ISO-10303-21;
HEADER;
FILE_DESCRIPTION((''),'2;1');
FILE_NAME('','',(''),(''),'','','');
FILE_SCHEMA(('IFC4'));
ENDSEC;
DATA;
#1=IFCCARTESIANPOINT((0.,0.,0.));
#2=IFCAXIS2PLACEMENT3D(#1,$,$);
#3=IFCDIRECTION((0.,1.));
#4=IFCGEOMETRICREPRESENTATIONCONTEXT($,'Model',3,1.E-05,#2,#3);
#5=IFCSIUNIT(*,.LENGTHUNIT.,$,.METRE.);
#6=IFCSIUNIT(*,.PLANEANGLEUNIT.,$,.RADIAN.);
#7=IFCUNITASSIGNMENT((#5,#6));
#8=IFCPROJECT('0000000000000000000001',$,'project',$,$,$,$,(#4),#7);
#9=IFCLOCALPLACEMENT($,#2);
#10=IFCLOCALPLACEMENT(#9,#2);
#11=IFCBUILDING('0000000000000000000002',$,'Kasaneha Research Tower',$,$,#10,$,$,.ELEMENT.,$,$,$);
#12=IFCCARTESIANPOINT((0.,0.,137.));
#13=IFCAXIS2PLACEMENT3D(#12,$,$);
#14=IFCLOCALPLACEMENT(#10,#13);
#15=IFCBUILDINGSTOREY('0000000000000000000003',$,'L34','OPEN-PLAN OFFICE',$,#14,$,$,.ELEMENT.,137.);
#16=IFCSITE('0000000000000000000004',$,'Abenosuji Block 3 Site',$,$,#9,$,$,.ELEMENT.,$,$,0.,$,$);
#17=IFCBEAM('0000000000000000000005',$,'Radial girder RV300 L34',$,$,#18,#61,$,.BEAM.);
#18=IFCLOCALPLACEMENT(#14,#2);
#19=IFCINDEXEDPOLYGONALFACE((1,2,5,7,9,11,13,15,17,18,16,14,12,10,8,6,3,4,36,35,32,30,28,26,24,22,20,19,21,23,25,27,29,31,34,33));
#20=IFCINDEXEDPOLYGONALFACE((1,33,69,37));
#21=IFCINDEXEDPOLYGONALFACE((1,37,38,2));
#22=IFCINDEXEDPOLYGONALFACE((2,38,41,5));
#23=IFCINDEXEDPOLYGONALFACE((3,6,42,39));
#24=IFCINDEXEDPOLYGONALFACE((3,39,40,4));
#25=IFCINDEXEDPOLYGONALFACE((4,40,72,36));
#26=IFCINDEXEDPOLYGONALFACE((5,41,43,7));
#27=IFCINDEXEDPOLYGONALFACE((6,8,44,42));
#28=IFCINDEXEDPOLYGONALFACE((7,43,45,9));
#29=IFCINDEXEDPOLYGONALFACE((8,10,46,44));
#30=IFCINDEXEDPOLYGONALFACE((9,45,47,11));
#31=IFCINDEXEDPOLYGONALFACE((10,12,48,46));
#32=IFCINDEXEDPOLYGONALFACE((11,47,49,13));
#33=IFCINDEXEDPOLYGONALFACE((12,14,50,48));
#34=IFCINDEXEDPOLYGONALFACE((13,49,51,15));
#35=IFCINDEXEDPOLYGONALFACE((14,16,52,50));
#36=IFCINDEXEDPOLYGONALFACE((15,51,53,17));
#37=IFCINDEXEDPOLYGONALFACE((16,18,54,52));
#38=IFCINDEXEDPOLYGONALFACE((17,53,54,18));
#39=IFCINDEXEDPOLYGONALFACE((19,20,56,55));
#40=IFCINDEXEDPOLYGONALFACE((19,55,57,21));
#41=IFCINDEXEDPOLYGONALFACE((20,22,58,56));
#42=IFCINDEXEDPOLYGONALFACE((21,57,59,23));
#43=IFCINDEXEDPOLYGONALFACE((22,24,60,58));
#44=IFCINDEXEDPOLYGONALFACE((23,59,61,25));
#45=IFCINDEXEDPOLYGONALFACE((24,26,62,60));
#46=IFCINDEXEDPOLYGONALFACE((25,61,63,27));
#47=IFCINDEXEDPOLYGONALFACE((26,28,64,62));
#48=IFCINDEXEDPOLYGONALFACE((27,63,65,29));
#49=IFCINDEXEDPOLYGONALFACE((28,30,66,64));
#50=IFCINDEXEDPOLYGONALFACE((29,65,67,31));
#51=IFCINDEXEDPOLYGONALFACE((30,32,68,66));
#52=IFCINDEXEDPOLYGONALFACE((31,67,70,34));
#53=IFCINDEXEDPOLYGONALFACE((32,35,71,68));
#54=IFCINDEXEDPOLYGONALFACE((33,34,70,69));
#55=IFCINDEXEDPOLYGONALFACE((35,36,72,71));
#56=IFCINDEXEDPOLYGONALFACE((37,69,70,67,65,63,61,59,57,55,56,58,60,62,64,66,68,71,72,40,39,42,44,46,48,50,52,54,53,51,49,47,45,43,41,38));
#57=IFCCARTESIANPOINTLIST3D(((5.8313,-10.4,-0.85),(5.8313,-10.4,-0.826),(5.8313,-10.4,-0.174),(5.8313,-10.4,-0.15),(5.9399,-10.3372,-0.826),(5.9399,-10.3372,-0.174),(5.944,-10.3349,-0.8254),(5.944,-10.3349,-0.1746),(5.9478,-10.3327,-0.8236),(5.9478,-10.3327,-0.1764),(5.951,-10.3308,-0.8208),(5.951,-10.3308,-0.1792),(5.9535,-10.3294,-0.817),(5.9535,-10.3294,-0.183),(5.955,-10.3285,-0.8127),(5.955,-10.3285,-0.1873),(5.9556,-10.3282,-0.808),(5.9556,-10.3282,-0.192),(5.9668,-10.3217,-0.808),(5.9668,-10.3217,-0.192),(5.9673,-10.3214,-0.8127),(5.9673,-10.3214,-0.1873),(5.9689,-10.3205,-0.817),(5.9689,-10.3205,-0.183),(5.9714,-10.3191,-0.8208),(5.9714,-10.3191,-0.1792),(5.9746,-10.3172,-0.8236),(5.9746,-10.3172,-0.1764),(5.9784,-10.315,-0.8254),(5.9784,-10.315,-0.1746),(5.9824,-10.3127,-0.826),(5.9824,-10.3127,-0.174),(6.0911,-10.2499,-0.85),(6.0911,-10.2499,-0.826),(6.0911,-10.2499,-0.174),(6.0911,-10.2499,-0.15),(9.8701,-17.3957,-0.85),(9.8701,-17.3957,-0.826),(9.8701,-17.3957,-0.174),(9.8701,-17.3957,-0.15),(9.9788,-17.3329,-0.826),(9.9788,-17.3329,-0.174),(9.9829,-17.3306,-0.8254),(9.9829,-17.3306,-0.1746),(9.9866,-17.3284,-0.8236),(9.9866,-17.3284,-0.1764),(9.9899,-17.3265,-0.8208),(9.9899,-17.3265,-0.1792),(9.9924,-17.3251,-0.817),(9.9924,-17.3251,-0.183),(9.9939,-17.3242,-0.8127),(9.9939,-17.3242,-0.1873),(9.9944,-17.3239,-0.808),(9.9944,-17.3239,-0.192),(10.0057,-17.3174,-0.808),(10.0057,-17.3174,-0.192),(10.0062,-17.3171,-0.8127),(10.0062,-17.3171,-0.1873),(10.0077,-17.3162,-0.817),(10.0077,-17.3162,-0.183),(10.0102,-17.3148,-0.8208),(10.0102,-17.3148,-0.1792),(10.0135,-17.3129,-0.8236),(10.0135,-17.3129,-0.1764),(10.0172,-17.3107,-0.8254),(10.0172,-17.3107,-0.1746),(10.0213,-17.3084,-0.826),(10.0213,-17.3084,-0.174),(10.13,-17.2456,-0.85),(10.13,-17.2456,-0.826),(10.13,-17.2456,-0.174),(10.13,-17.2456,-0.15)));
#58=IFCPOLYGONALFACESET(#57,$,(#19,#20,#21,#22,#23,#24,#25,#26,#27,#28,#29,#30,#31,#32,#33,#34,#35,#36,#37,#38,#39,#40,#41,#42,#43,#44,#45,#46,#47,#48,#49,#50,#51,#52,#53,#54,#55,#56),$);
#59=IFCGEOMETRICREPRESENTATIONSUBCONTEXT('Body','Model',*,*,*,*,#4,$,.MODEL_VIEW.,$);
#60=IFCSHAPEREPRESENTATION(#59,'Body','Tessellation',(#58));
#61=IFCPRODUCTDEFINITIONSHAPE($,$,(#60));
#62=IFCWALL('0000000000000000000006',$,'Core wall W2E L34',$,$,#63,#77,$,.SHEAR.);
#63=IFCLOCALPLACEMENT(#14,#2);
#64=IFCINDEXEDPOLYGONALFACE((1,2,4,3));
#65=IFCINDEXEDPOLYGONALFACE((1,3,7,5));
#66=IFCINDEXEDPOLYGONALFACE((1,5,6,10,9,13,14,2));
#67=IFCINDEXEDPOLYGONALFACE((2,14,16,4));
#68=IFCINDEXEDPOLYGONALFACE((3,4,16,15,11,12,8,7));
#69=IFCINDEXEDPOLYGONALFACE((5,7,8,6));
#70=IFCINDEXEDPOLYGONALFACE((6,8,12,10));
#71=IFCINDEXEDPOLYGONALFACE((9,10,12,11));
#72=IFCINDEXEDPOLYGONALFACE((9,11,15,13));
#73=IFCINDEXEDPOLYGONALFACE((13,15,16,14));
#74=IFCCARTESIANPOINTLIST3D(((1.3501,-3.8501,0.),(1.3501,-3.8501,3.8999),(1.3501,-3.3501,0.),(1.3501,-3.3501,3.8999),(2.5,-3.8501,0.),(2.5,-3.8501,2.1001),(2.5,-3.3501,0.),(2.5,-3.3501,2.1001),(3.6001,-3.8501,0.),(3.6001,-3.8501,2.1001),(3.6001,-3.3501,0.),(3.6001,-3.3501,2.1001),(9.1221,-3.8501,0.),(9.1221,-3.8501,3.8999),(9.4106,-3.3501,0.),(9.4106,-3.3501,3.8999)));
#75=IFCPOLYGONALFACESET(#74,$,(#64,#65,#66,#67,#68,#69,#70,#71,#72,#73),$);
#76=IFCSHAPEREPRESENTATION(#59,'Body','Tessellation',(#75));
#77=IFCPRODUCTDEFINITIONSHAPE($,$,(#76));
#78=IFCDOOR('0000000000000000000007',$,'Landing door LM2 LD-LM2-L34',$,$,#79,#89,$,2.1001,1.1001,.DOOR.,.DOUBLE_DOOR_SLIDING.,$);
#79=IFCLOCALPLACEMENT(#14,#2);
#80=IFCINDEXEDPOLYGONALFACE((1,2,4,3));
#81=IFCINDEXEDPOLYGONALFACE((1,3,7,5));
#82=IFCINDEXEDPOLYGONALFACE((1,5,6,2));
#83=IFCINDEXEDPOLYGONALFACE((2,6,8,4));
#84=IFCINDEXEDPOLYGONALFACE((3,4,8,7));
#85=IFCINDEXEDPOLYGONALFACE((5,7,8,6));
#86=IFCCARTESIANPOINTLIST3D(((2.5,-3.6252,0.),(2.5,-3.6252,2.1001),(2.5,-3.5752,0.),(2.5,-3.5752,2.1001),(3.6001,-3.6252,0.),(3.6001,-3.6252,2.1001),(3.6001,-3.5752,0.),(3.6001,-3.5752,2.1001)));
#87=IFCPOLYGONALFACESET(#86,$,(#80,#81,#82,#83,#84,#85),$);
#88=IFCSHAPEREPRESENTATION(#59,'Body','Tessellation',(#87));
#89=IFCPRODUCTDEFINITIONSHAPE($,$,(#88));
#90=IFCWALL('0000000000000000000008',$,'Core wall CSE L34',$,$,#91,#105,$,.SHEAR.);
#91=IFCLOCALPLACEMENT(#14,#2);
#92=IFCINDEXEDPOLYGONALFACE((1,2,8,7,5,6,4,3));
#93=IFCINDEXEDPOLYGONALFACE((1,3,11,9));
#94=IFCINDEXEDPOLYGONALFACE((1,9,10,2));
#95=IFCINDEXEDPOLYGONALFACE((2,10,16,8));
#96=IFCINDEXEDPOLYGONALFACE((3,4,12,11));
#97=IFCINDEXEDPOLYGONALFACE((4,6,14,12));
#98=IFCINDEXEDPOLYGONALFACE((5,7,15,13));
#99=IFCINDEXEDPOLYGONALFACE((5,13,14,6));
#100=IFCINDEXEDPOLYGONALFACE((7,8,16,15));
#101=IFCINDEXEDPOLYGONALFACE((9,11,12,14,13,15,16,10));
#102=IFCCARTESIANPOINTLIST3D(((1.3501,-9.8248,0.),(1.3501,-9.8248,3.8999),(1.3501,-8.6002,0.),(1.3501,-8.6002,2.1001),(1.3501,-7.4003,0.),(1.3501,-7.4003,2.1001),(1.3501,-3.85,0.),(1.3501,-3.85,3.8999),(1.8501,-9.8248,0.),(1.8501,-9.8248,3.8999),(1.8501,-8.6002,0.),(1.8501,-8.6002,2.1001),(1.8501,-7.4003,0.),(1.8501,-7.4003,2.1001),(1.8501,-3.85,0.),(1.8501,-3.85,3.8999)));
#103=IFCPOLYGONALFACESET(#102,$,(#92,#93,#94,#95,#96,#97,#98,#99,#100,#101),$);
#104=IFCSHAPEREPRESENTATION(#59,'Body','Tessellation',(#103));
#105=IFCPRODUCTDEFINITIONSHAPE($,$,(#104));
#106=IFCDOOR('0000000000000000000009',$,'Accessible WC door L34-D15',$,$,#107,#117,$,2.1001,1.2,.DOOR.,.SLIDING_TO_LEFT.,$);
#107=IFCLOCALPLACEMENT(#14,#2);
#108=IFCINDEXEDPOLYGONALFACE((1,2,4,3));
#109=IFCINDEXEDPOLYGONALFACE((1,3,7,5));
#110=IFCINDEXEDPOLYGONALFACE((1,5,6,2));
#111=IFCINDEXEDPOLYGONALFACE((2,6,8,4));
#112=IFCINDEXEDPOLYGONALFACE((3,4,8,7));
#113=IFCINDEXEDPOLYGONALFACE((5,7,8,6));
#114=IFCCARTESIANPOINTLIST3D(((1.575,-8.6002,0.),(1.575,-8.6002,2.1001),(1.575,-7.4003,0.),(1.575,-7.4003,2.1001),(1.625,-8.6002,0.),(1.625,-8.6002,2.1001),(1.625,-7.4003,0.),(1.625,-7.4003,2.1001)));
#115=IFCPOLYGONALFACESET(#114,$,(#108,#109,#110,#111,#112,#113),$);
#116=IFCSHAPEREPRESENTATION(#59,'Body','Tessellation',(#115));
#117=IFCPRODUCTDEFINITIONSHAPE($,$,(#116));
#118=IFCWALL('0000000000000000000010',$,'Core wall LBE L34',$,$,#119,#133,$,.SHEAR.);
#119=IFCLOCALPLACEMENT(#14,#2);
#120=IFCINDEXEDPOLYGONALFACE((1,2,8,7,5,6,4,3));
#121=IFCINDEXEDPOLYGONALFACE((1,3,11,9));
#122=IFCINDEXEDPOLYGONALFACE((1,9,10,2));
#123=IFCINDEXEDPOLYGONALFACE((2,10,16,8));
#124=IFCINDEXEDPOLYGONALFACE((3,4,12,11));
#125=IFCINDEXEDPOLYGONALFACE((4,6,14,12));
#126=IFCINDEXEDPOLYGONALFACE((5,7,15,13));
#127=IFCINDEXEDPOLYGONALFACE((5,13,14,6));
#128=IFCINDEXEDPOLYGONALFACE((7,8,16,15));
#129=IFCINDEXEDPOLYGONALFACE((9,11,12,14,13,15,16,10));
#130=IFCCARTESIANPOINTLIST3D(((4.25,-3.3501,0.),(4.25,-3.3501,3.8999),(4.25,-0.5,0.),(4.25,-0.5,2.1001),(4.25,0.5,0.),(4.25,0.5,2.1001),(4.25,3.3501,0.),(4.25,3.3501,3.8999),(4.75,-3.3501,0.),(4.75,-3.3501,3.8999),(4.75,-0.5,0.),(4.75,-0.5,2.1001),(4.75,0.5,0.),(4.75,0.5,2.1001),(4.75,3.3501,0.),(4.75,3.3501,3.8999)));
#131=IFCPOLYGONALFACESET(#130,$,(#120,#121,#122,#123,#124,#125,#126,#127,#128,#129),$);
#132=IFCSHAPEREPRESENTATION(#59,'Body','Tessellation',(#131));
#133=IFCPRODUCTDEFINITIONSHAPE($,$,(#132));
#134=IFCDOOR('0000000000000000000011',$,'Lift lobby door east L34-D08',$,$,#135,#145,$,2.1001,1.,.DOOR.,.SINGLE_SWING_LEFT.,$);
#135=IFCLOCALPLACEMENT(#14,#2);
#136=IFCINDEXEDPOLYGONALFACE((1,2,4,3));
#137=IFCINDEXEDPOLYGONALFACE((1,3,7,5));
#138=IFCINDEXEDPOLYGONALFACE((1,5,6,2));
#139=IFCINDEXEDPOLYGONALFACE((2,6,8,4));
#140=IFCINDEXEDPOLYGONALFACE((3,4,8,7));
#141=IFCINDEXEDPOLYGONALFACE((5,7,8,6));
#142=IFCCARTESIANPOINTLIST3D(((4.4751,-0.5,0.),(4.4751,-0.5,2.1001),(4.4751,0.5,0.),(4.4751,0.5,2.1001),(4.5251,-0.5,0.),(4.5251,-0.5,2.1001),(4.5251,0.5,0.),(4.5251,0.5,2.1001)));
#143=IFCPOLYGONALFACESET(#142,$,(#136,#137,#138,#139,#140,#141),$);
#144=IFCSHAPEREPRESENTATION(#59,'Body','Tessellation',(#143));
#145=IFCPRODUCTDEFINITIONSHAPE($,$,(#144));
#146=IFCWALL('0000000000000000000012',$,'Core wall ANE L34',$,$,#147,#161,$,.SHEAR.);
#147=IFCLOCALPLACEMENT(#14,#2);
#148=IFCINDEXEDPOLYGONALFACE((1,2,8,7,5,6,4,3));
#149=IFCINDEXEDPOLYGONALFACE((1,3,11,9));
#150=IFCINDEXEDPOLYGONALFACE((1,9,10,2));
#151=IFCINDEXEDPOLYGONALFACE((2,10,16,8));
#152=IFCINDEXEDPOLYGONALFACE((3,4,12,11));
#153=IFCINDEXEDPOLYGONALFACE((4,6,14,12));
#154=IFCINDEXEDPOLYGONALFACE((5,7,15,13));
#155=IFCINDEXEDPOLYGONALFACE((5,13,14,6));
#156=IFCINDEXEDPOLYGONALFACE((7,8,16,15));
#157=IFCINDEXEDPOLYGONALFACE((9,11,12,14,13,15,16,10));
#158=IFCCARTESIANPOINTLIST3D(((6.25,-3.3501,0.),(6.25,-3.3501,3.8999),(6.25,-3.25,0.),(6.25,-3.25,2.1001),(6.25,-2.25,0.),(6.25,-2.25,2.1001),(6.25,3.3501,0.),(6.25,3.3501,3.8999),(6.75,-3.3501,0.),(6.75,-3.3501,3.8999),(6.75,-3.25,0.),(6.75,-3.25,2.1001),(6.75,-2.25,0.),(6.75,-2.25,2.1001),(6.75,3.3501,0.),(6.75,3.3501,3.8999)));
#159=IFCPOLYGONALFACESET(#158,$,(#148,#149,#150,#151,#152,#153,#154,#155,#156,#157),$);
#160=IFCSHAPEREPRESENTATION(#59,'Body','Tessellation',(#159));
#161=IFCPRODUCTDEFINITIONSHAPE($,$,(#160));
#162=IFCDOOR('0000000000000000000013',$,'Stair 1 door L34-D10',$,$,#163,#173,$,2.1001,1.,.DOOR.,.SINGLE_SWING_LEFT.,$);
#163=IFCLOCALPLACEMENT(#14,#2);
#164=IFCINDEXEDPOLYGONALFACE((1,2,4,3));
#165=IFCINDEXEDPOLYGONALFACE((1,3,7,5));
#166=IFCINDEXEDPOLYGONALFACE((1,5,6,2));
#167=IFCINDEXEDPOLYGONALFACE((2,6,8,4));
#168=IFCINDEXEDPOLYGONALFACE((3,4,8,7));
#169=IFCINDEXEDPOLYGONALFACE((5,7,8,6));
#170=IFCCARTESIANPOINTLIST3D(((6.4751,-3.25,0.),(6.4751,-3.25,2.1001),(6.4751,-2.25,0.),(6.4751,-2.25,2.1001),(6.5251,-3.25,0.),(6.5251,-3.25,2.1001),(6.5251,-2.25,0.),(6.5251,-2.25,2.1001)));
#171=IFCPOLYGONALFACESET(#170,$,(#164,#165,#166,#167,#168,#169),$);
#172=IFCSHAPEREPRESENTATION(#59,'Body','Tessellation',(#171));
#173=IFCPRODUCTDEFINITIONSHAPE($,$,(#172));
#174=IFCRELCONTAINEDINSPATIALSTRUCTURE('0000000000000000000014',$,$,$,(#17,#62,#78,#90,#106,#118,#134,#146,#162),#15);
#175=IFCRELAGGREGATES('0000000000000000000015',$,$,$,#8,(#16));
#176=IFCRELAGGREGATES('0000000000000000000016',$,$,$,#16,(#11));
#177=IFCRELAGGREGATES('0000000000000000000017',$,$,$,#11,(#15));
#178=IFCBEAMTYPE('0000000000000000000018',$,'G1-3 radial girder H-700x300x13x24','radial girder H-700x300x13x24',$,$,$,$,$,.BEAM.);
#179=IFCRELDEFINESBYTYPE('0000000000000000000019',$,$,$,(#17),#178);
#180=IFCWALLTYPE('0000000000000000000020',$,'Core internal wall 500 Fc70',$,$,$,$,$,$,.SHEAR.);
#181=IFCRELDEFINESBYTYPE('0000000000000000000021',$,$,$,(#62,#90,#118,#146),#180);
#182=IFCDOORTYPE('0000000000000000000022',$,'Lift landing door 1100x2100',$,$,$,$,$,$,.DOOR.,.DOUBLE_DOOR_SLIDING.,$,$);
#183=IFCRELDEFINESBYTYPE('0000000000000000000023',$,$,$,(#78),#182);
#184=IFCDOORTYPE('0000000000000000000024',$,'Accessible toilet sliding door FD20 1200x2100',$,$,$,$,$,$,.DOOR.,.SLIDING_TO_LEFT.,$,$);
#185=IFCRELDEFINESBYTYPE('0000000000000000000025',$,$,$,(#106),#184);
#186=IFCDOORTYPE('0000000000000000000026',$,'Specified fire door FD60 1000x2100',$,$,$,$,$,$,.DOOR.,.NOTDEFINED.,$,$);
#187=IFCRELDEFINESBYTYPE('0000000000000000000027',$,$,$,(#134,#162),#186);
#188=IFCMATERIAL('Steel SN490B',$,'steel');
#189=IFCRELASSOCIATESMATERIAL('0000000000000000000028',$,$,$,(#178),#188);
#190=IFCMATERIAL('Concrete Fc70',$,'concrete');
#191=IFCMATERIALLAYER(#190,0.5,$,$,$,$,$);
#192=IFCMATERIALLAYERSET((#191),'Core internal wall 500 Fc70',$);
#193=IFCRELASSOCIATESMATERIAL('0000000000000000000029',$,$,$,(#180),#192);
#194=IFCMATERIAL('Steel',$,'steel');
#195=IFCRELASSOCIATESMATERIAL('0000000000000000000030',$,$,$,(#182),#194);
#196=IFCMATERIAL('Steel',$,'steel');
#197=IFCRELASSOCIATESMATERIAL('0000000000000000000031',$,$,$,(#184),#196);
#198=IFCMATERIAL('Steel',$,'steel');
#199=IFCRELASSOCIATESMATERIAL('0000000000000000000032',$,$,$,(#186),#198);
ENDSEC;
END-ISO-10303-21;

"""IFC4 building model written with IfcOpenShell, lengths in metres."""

from ifc_helpers import new_model, si_unit, direction, frame, frame_2d, origin, origin_2d, place, context, subcontext, project, spatial, polyline, rectangle, i_section, outline, extrude, material, layer, layer_set, material_profile, profile_set, type_object, element, fill, save


model = new_model("IFC4")

# Units and contexts
model_context = context("Model", 3, precision=1e-05, world=origin(), true_north=direction((0.0, 1.0)))
body_context = subcontext(model_context, "Body", "Model", "MODEL_VIEW")
ifc_project = project(units=[si_unit("LENGTHUNIT", "METRE"), si_unit("PLANEANGLEUNIT", "RADIAN")], contexts=[model_context])

# Site, building, storey
site_placement = place(None, origin())
site = spatial("IfcSite", under=ifc_project, at=site_placement, Name="Abenosuji Block 3 Site", CompositionType="ELEMENT", RefElevation=0.0)
building_placement = place(site_placement, origin())
building = spatial("IfcBuilding", under=site, at=building_placement, Name="Kasaneha Research Tower", CompositionType="ELEMENT")
storey_placement = place(building_placement, frame((0.0, 0.0, 137.0)))
storey = spatial("IfcBuildingStorey", under=building, at=storey_placement, Name="L34", Description="OPEN-PLAN OFFICE", CompositionType="ELEMENT", Elevation=137.0)

# Beam
ifc_material_1 = material(Name="Steel SN490B", Category="steel")
ifc_material_profile_1 = material_profile(ifc_material_1, i_section(OverallWidth=0.3, OverallDepth=0.7, WebThickness=0.0129, FlangeThickness=0.0239, FilletRadius=0.0181, at=origin_2d()), Name="H-700x300x13x24")
ifc_profile_set_1 = profile_set([ifc_material_profile_1], Name="Steel SN490B")
beam_type_1 = type_object("IfcBeamType", Name="G1-3 radial girder H-700x300x13x24", Description="radial girder H-700x300x13x24", PredefinedType="BEAM", material=ifc_profile_set_1)
beam_1_placement = place(storey_placement, frame((5.9612, -10.325, -0.5), z_axis=(0.499991, -0.866031, 0.0), x_axis=(0.866031, 0.499991, 0.0)))
element("IfcBeam", 1, at=beam_1_placement, inside=storey, type_object=beam_type_1, Name="Radial girder RV300 L34", PredefinedType="BEAM", context=body_context, shape_type="SweptSolid", body=[
    extrude(i_section(OverallWidth=0.3, OverallDepth=0.7, WebThickness=0.0129, FlangeThickness=0.0239, FilletRadius=0.0181, at=origin_2d()), origin(), (0.0, 0.0, 1.0), 8.0779),
])

# Walls, openings, doors
ifc_material_2 = material(Name="Concrete Fc70", Category="concrete")
ifc_layer_1 = layer(ifc_material_2, 0.5)
ifc_layer_set_1 = layer_set([ifc_layer_1], Name="Core internal wall 500 Fc70")
wall_type_1 = type_object("IfcWallType", Name="Core internal wall 500 Fc70", PredefinedType="SHEAR", material=ifc_layer_set_1)
wall_1_placement = place(storey_placement, frame((1.3501, -3.6001, 0.0), z_axis=(0.0, 0.0, 1.0), x_axis=(1.0, 0.0, 0.0)))
wall_1 = element("IfcWall", 2, at=wall_1_placement, inside=storey, type_object=wall_type_1, Name="Core wall W2E L34", PredefinedType="SHEAR", context=body_context, shape_type="SweptSolid", body=[
    extrude(outline(polyline([(0.0, -0.25), (1.1499, -0.25), (2.25, -0.25), (7.772, -0.25), (8.0605, 0.25), (2.25, 0.25), (1.1499, 0.25), (0.0, 0.25), (0.0, -0.25)])), origin(), (0.0, 0.0, 1.0), 3.8999),
])
opening_1_placement = place(wall_1_placement, frame((1.1499, 0.0, 0.0)))
opening_1 = element("IfcOpeningElement", 3, at=opening_1_placement, cuts=wall_1, PredefinedType="OPENING", context=body_context, shape_type="SweptSolid", body=[
    extrude(rectangle(XDim=1.1001, YDim=2.1001, at=frame_2d((0.55, 1.05))), frame((0.0, 0.26, 0.0), z_axis=(0.0, -1.0, 0.0), x_axis=(1.0, 0.0, 0.0)), (0.0, 0.0, 1.0), 0.52),
])
ifc_material_3 = material(Name="Steel", Category="steel")
door_type_1 = type_object("IfcDoorType", Name="Lift landing door 1100x2100", OperationType="DOUBLE_DOOR_SLIDING", PredefinedType="DOOR", material=ifc_material_3)
door_1_placement = place(opening_1_placement, origin())
door_1 = element("IfcDoor", 4, at=door_1_placement, inside=storey, type_object=door_type_1, Name="Landing door LM2 LD-LM2-L34", OperationType="DOUBLE_DOOR_SLIDING", OverallHeight=2.1001, OverallWidth=1.1001, PredefinedType="DOOR", context=body_context, shape_type="SweptSolid", body=[
    extrude(rectangle(XDim=1.1001, YDim=2.1001, at=frame_2d((0.55, 1.05))), frame((0.0, 0.0249, 0.0), z_axis=(0.0, -1.0, 0.0), x_axis=(1.0, 0.0, 0.0)), (0.0, 0.0, 1.0), 0.05),
])
fill(opening_1, door_1)
wall_2_placement = place(storey_placement, frame((1.6001, -3.8501, 0.0), z_axis=(0.0, 0.0, 1.0), x_axis=(0.0, -1.0, 0.0)))
wall_2 = element("IfcWall", 5, at=wall_2_placement, inside=storey, type_object=wall_type_1, Name="Core wall CSE L34", PredefinedType="SHEAR", context=body_context, shape_type="SweptSolid", body=[
    extrude(rectangle(XDim=5.9749, YDim=0.5, at=frame_2d((2.9873, 0.0))), origin(), (0.0, 0.0, 1.0), 3.8999),
])
opening_2_placement = place(wall_2_placement, frame((3.55, 0.0, 0.0)))
opening_2 = element("IfcOpeningElement", 6, at=opening_2_placement, cuts=wall_2, PredefinedType="OPENING", context=body_context, shape_type="SweptSolid", body=[
    extrude(rectangle(XDim=1.2, YDim=2.1001, at=frame_2d((0.6001, 1.05))), frame((0.0, 0.26, 0.0), z_axis=(0.0, -1.0, 0.0), x_axis=(1.0, 0.0, 0.0)), (0.0, 0.0, 1.0), 0.52),
])
ifc_material_4 = material(Name="Steel", Category="steel")
door_type_2 = type_object("IfcDoorType", Name="Accessible toilet sliding door FD20 1200x2100", OperationType="SLIDING_TO_LEFT", PredefinedType="DOOR", material=ifc_material_4)
door_2_placement = place(opening_2_placement, origin())
door_2 = element("IfcDoor", 7, at=door_2_placement, inside=storey, type_object=door_type_2, Name="Accessible WC door L34-D15", OperationType="SLIDING_TO_LEFT", OverallHeight=2.1001, OverallWidth=1.2, PredefinedType="DOOR", context=body_context, shape_type="SweptSolid", body=[
    extrude(rectangle(XDim=1.2, YDim=2.1001, at=frame_2d((0.6001, 1.05))), frame((0.0, 0.0249, 0.0), z_axis=(0.0, -1.0, 0.0), x_axis=(1.0, 0.0, 0.0)), (0.0, 0.0, 1.0), 0.05),
])
fill(opening_2, door_2)
wall_3_placement = place(storey_placement, frame((4.5, -3.3501, 0.0), z_axis=(0.0, 0.0, 1.0), x_axis=(0.0, 1.0, 0.0)))
wall_3 = element("IfcWall", 8, at=wall_3_placement, inside=storey, type_object=wall_type_1, Name="Core wall LBE L34", PredefinedType="SHEAR", context=body_context, shape_type="SweptSolid", body=[
    extrude(rectangle(XDim=6.7002, YDim=0.5, at=frame_2d((3.3501, 0.0))), origin(), (0.0, 0.0, 1.0), 3.8999),
])
opening_3_placement = place(wall_3_placement, frame((2.8501, 0.0, 0.0)))
opening_3 = element("IfcOpeningElement", 9, at=opening_3_placement, cuts=wall_3, PredefinedType="OPENING", context=body_context, shape_type="SweptSolid", body=[
    extrude(rectangle(XDim=1.0, YDim=2.1001, at=frame_2d((0.5, 1.05))), frame((0.0, 0.26, 0.0), z_axis=(0.0, -1.0, 0.0), x_axis=(1.0, 0.0, 0.0)), (0.0, 0.0, 1.0), 0.52),
])
ifc_material_5 = material(Name="Steel", Category="steel")
door_type_3 = type_object("IfcDoorType", Name="Specified fire door FD60 1000x2100", OperationType="NOTDEFINED", PredefinedType="DOOR", material=ifc_material_5)
door_3_placement = place(opening_3_placement, origin())
door_3 = element("IfcDoor", 10, at=door_3_placement, inside=storey, type_object=door_type_3, Name="Lift lobby door east L34-D08", OperationType="SINGLE_SWING_LEFT", OverallHeight=2.1001, OverallWidth=1.0, PredefinedType="DOOR", context=body_context, shape_type="SweptSolid", body=[
    extrude(rectangle(XDim=1.0, YDim=2.1001, at=frame_2d((0.5, 1.05))), frame((0.0, 0.0249, 0.0), z_axis=(0.0, -1.0, 0.0), x_axis=(1.0, 0.0, 0.0)), (0.0, 0.0, 1.0), 0.05),
])
fill(opening_3, door_3)
wall_4_placement = place(storey_placement, frame((6.5, -3.3501, 0.0), z_axis=(0.0, 0.0, 1.0), x_axis=(0.0, 1.0, 0.0)))
wall_4 = element("IfcWall", 11, at=wall_4_placement, inside=storey, type_object=wall_type_1, Name="Core wall ANE L34", PredefinedType="SHEAR", context=body_context, shape_type="SweptSolid", body=[
    extrude(rectangle(XDim=6.7002, YDim=0.5, at=frame_2d((3.3501, 0.0))), origin(), (0.0, 0.0, 1.0), 3.8999),
])
opening_4_placement = place(wall_4_placement, frame((0.1001, 0.0, 0.0)))
opening_4 = element("IfcOpeningElement", 12, at=opening_4_placement, cuts=wall_4, PredefinedType="OPENING", context=body_context, shape_type="SweptSolid", body=[
    extrude(rectangle(XDim=1.0, YDim=2.1001, at=frame_2d((0.5, 1.05))), frame((0.0, 0.26, 0.0), z_axis=(0.0, -1.0, 0.0), x_axis=(1.0, 0.0, 0.0)), (0.0, 0.0, 1.0), 0.52),
])
door_4_placement = place(opening_4_placement, origin())
door_4 = element("IfcDoor", 13, at=door_4_placement, inside=storey, type_object=door_type_3, Name="Stair 1 door L34-D10", OperationType="SINGLE_SWING_LEFT", OverallHeight=2.1001, OverallWidth=1.0, PredefinedType="DOOR", context=body_context, shape_type="SweptSolid", body=[
    extrude(rectangle(XDim=1.0, YDim=2.1001, at=frame_2d((0.5, 1.05))), frame((0.0, 0.0249, 0.0), z_axis=(0.0, -1.0, 0.0), x_axis=(1.0, 0.0, 0.0)), (0.0, 0.0, 1.0), 0.05),
])
fill(opening_4, door_4)

save(model, "model.ifc")
